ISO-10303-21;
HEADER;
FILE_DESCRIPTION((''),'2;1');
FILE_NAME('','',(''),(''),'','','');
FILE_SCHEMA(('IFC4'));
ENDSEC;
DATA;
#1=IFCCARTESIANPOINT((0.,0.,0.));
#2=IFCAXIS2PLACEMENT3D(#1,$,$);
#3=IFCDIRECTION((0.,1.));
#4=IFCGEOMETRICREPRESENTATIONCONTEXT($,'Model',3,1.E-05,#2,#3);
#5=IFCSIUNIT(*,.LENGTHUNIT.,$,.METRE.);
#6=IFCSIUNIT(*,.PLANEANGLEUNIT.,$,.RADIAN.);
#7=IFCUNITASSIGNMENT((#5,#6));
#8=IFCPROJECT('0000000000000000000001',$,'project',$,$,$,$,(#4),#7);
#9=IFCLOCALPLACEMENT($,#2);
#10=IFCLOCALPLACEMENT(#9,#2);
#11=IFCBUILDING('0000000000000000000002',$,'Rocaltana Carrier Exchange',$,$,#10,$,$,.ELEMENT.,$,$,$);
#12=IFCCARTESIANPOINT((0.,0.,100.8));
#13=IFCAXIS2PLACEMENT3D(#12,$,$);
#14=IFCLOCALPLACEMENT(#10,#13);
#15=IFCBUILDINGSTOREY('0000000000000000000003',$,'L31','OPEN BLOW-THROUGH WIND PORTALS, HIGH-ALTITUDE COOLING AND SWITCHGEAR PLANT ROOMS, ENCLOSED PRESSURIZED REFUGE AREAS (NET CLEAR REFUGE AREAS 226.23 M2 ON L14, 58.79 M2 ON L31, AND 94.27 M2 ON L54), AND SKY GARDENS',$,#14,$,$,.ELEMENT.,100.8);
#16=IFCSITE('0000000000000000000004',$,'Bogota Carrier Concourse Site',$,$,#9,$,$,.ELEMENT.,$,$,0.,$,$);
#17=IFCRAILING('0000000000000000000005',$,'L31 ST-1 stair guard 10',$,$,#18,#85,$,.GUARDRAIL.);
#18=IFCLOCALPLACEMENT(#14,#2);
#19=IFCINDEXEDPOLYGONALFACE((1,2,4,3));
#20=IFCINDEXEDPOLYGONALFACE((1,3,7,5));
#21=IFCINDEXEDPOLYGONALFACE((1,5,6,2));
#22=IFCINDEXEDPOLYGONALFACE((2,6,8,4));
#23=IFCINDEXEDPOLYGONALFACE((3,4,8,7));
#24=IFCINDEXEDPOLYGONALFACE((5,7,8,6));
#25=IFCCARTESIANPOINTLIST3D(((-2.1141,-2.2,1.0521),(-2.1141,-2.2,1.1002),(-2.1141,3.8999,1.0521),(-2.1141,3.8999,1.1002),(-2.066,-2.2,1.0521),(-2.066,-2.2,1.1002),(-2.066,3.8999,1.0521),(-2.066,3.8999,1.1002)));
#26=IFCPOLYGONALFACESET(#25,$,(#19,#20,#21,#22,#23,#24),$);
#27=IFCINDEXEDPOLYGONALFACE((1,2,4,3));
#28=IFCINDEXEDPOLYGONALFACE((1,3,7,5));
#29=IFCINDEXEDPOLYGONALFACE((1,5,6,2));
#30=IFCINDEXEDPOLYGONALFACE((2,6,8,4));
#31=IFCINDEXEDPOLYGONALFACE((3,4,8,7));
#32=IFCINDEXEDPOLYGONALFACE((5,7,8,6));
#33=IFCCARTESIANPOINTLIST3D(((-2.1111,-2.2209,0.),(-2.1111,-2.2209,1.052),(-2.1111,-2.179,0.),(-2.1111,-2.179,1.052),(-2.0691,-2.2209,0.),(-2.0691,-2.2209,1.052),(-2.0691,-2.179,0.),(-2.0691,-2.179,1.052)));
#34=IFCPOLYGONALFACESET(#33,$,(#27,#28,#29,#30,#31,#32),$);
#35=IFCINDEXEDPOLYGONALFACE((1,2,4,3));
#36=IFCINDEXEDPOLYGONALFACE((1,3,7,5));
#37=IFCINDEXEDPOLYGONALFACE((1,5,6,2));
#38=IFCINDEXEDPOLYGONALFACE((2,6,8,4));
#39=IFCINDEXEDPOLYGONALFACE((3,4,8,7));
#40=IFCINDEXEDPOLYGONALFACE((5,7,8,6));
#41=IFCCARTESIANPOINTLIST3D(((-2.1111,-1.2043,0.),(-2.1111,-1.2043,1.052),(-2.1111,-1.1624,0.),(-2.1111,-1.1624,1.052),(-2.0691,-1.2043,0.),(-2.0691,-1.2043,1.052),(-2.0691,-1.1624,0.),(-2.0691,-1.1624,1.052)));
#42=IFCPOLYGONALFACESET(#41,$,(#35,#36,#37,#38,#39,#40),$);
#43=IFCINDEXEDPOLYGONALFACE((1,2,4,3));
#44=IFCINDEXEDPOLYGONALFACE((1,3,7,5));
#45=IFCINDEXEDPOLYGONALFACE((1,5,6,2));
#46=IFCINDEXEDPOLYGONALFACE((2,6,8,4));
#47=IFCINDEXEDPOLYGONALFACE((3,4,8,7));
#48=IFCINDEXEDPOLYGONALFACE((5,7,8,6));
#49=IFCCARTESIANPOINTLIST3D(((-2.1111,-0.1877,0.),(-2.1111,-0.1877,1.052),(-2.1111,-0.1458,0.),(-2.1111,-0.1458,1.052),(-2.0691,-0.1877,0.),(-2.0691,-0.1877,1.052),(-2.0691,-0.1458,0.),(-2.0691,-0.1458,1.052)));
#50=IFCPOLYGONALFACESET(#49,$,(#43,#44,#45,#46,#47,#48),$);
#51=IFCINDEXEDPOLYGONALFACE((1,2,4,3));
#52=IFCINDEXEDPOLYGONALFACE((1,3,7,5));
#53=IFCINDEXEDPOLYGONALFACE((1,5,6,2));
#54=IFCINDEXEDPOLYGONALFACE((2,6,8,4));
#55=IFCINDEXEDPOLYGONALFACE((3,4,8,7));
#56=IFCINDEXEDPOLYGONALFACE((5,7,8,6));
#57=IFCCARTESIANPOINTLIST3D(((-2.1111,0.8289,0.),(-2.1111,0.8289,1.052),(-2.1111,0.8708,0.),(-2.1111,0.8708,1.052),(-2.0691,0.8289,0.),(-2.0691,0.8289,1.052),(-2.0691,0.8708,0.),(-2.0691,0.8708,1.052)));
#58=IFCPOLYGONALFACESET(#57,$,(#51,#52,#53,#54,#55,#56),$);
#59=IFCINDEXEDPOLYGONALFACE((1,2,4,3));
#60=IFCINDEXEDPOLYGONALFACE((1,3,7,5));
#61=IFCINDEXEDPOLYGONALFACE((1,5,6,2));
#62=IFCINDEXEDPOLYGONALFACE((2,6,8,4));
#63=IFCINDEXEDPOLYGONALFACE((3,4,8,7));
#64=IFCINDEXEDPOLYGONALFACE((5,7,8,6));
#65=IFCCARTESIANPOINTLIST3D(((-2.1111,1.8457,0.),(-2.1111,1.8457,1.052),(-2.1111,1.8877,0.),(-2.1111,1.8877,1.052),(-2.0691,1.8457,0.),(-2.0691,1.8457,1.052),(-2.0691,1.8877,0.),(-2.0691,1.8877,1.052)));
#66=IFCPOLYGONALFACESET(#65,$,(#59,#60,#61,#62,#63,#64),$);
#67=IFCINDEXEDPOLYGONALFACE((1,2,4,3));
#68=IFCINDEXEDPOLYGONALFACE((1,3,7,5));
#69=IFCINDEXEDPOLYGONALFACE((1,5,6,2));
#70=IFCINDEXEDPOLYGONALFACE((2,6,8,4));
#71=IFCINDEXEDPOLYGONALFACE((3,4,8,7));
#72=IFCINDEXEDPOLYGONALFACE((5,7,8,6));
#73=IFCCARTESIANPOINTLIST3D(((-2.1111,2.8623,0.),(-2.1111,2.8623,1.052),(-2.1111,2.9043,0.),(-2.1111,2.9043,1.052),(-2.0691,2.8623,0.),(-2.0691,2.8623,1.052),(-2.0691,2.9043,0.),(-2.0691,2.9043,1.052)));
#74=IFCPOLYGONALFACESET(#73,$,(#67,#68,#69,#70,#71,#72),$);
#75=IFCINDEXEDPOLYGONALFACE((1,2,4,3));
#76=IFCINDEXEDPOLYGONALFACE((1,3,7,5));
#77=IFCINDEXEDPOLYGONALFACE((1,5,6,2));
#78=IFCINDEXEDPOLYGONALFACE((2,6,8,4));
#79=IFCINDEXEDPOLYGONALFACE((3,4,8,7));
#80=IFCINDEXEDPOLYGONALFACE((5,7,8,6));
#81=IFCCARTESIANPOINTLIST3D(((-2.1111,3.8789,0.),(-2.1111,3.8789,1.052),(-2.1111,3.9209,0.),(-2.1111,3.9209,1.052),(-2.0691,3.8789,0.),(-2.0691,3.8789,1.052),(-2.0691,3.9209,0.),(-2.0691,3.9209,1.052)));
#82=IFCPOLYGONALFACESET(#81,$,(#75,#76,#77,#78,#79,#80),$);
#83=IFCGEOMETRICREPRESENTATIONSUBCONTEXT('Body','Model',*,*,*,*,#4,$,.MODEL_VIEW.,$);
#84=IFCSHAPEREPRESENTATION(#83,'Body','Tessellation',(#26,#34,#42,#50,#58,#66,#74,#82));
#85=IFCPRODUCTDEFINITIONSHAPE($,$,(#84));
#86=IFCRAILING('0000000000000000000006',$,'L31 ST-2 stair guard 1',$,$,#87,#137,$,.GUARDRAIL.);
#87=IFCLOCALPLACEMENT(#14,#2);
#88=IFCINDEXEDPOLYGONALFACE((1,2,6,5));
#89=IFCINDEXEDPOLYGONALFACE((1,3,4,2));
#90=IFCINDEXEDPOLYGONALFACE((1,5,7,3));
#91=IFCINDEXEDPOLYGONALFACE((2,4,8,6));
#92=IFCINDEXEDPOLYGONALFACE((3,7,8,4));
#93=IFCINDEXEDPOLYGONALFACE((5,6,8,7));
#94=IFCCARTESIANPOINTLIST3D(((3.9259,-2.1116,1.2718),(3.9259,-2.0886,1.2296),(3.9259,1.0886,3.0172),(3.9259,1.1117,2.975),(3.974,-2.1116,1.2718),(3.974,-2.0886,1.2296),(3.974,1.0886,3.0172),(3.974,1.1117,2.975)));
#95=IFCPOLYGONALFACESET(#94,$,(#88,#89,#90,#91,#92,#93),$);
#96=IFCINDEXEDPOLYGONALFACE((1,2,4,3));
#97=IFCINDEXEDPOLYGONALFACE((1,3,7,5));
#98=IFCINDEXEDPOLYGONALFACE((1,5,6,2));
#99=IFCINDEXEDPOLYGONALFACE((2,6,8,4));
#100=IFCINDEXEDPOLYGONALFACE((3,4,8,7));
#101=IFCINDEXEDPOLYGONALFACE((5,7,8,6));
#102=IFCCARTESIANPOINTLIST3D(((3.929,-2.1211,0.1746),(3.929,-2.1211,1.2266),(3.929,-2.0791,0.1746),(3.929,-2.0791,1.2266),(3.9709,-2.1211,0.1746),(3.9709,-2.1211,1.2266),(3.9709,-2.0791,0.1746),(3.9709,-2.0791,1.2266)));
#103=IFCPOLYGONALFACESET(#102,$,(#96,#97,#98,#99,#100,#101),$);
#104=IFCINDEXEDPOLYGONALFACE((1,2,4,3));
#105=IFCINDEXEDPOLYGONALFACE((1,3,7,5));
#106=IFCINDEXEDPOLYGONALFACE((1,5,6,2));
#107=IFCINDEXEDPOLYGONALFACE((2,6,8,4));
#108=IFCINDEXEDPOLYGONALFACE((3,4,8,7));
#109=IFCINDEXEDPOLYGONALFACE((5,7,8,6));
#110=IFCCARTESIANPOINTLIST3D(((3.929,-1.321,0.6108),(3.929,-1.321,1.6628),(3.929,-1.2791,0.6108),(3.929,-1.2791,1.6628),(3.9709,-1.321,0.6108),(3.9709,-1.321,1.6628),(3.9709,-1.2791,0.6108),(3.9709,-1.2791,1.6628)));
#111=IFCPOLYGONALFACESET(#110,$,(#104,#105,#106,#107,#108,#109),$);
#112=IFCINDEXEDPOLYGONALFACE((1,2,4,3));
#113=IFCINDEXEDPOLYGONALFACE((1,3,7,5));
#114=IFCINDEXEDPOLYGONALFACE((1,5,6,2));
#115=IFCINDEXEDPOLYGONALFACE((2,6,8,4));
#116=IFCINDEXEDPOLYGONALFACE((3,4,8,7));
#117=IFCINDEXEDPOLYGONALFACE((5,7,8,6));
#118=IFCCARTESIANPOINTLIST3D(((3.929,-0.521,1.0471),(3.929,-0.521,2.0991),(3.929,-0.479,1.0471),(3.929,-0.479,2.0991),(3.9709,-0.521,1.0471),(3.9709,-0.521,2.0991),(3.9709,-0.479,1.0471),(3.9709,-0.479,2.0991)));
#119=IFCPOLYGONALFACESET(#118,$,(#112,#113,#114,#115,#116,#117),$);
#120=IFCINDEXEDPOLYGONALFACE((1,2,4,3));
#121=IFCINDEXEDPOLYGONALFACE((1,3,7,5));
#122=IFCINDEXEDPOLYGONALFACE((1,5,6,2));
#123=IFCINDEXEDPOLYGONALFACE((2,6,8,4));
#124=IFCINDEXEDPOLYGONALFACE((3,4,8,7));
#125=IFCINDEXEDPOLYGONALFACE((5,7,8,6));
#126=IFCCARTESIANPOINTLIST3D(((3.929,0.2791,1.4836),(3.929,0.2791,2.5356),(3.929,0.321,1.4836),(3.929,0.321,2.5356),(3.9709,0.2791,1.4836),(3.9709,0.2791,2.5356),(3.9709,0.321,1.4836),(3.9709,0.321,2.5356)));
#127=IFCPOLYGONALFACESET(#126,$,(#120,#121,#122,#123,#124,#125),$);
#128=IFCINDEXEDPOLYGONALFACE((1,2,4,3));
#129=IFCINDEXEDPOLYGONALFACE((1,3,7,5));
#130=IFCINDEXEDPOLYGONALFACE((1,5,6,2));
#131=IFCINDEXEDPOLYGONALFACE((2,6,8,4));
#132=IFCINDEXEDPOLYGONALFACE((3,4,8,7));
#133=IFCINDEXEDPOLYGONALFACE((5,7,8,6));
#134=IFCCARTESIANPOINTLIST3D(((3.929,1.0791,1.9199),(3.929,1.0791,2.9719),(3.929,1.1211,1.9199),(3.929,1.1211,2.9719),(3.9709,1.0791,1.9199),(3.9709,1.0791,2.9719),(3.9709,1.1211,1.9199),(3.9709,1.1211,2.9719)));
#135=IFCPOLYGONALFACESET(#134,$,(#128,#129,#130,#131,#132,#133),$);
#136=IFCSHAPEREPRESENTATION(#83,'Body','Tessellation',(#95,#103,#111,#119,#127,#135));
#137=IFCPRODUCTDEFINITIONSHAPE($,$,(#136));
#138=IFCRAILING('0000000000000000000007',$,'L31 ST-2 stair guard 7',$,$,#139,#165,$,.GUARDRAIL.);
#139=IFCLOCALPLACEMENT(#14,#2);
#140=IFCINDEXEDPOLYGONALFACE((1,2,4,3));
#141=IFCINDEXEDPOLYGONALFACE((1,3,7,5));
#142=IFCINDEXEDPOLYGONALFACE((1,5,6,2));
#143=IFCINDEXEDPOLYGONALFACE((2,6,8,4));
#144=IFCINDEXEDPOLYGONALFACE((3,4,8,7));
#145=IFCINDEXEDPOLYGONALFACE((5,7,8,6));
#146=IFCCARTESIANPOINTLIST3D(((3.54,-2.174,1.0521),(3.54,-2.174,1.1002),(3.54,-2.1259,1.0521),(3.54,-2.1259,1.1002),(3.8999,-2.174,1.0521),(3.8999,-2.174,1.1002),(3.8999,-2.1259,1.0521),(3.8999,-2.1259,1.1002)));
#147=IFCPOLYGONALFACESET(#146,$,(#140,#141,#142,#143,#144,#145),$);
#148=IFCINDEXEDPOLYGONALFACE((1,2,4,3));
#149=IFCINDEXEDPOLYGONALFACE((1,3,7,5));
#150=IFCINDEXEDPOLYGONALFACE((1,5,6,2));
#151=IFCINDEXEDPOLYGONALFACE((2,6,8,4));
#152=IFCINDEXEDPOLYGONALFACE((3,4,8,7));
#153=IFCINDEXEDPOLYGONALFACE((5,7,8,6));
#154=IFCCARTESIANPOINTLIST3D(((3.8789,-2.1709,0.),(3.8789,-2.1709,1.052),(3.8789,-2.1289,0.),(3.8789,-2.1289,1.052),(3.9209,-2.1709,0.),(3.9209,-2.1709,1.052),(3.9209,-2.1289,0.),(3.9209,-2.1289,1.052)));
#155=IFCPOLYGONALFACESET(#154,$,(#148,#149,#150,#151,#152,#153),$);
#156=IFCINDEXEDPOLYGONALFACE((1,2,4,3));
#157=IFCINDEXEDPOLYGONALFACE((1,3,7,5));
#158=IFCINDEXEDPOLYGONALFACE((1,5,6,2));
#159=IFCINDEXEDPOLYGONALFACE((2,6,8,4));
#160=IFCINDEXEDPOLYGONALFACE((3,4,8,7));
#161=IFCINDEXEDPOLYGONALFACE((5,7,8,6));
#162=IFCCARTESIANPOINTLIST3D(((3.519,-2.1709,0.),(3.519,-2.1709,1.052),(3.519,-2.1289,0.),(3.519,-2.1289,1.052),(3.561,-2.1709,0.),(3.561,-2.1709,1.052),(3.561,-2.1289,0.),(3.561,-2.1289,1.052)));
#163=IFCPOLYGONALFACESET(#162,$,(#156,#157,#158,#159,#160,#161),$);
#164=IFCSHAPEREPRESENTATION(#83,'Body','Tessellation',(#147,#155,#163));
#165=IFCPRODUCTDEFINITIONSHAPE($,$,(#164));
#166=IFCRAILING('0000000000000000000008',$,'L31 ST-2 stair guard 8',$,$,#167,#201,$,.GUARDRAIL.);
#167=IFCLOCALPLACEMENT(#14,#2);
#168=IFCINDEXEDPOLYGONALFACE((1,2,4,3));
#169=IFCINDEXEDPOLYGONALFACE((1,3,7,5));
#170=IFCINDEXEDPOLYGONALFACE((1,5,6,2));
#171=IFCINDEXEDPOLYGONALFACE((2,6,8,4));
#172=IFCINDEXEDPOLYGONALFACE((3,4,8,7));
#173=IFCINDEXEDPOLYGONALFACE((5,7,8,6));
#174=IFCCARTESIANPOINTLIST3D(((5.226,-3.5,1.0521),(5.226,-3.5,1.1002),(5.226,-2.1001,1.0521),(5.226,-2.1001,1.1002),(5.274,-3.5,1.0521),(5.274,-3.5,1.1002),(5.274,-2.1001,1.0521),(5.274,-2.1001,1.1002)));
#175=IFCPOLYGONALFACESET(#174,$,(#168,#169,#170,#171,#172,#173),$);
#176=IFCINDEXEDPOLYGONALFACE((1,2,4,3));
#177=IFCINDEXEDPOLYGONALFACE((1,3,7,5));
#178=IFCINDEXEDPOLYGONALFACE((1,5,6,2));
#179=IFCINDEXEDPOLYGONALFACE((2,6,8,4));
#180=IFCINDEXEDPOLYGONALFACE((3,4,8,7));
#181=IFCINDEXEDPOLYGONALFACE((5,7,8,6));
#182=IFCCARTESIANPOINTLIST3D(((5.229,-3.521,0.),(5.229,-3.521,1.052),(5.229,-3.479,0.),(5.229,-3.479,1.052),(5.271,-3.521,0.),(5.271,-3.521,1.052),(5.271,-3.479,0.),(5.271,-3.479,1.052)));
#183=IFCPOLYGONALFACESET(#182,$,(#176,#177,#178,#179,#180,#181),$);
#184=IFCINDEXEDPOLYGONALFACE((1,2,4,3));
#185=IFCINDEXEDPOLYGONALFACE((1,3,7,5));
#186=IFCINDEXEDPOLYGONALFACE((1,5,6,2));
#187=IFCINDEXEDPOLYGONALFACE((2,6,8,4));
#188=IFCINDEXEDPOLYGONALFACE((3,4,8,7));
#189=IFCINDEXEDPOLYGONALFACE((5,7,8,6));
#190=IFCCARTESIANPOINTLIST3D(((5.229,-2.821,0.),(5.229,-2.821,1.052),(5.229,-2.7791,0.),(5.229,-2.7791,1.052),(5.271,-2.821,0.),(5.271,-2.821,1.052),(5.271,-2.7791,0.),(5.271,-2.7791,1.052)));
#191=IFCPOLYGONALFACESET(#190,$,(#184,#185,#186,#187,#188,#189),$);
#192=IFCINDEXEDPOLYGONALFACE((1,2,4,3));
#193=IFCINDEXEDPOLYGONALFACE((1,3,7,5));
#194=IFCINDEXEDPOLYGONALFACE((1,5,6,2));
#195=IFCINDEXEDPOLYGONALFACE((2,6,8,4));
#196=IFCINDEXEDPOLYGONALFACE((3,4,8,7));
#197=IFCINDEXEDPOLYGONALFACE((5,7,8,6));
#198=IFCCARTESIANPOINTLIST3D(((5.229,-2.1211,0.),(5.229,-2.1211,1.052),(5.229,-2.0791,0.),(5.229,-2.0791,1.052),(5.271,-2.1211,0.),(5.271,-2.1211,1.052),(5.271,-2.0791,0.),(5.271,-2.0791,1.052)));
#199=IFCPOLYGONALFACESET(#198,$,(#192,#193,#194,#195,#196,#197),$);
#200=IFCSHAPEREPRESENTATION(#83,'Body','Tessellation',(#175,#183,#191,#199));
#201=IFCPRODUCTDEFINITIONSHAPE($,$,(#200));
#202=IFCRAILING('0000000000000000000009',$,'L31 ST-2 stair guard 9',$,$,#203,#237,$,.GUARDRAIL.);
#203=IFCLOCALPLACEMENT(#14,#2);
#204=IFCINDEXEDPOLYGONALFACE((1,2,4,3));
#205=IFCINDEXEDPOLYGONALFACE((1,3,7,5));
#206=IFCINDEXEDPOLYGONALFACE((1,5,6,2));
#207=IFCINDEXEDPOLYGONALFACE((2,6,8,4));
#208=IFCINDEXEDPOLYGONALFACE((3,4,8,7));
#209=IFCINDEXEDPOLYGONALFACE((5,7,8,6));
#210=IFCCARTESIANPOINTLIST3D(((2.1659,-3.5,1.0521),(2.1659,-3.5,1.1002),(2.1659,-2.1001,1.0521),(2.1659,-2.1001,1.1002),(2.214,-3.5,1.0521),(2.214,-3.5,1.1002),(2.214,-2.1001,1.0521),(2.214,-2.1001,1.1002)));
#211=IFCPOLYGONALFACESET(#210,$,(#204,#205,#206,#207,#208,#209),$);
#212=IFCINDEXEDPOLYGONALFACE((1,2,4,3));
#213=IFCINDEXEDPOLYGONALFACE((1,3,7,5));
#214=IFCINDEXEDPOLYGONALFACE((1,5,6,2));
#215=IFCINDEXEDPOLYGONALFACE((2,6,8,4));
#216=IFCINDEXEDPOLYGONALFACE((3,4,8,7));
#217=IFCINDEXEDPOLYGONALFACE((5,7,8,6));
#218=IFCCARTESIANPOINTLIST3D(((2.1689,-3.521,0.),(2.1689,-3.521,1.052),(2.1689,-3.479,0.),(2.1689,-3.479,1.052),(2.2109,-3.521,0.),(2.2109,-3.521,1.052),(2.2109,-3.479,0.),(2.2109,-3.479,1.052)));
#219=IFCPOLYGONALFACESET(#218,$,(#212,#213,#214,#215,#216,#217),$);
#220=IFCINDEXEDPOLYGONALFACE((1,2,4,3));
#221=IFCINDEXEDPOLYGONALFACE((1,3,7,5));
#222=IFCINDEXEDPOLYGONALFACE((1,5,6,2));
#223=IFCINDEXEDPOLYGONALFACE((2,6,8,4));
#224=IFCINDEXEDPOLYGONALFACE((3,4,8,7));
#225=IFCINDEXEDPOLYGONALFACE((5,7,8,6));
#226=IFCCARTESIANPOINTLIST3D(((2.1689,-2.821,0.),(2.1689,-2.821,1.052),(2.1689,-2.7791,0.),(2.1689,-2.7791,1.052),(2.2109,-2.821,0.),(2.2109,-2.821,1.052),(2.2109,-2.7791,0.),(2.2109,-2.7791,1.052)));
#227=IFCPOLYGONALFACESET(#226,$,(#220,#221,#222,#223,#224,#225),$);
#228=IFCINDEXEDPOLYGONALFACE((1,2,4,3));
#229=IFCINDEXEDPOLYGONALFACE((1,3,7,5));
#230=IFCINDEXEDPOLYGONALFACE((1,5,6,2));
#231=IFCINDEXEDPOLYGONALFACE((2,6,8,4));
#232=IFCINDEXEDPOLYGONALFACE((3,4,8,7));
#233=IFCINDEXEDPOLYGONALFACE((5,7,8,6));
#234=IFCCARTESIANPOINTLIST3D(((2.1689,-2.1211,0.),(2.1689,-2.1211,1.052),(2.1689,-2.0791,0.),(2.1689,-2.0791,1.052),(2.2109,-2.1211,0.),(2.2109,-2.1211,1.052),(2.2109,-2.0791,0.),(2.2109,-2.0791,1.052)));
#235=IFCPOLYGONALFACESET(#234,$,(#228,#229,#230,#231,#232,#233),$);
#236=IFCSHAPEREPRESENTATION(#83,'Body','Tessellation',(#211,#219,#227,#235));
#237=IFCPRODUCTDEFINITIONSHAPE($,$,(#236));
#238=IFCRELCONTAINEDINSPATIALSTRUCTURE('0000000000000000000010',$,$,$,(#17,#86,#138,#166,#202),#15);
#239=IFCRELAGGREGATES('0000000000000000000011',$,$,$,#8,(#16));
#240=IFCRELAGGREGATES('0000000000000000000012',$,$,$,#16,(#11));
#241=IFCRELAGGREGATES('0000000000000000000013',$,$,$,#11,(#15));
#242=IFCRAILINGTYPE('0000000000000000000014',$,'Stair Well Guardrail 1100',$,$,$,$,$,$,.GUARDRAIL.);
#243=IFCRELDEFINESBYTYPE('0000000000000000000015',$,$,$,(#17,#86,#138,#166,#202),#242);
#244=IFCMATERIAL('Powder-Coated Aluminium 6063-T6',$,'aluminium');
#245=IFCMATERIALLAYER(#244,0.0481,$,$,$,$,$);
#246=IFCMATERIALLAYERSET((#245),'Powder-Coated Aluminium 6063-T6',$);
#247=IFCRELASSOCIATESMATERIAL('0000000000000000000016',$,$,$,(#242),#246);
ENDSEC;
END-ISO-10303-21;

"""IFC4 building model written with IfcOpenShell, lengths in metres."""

from ifc_helpers import new_model, si_unit, direction, frame, origin, origin_2d, place, context, subcontext, project, spatial, rectangle, extrude, material, layer, layer_set, type_object, element, save


model = new_model("IFC4")

# Units and contexts
model_context = context("Model", 3, precision=1e-05, world=origin(), true_north=direction((0.0, 1.0)))
body_context = subcontext(model_context, "Body", "Model", "MODEL_VIEW")
ifc_project = project(units=[si_unit("LENGTHUNIT", "METRE"), si_unit("PLANEANGLEUNIT", "RADIAN")], contexts=[model_context])

# Site, building, storey
site_placement = place(None, origin())
site = spatial("IfcSite", under=ifc_project, at=site_placement, Name="Bogota Carrier Concourse Site", CompositionType="ELEMENT", RefElevation=0.0)
building_placement = place(site_placement, origin())
building = spatial("IfcBuilding", under=site, at=building_placement, Name="Rocaltana Carrier Exchange", CompositionType="ELEMENT")
storey_placement = place(building_placement, frame((0.0, 0.0, 100.8)))
storey = spatial("IfcBuildingStorey", under=building, at=storey_placement, Name="L31", Description="OPEN BLOW-THROUGH WIND PORTALS, HIGH-ALTITUDE COOLING AND SWITCHGEAR PLANT ROOMS, ENCLOSED PRESSURIZED REFUGE AREAS (NET CLEAR REFUGE AREAS 226.23 M2 ON L14, 58.79 M2 ON L31, AND 94.27 M2 ON L54), AND SKY GARDENS", CompositionType="ELEMENT", Elevation=100.8)

# Railings
ifc_material_1 = material(Name="Powder-Coated Aluminium 6063-T6", Category="aluminium")
ifc_layer_1 = layer(ifc_material_1, 0.0481)
ifc_layer_set_1 = layer_set([ifc_layer_1], Name="Powder-Coated Aluminium 6063-T6")
railing_type_1 = type_object("IfcRailingType", Name="Stair Well Guardrail 1100", PredefinedType="GUARDRAIL", material=ifc_layer_set_1)
railing_1_placement = place(storey_placement, frame((-2.0901, -2.2, 0.0)))
element("IfcRailing", 1, at=railing_1_placement, inside=storey, type_object=railing_type_1, Name="L31 ST-1 stair guard 10", PredefinedType="GUARDRAIL", context=body_context, shape_type="SweptSolid", body=[
    extrude(rectangle(XDim=0.0481, YDim=0.0481, at=origin_2d()), frame((0.0, 0.0, 1.0762), z_axis=(0.0, 1.0, 0.0), x_axis=(-1.0, 0.0, 0.0)), (0.0, 0.0, 1.0), 6.0999),
    extrude(rectangle(XDim=0.042, YDim=0.042, at=origin_2d()), origin(), (0.0, 0.0, 1.0), 1.052),
    extrude(rectangle(XDim=0.042, YDim=0.042, at=origin_2d()), frame((0.0, 1.0166, 0.0)), (0.0, 0.0, 1.0), 1.052),
    extrude(rectangle(XDim=0.042, YDim=0.042, at=origin_2d()), frame((0.0, 2.0332, 0.0)), (0.0, 0.0, 1.0), 1.052),
    extrude(rectangle(XDim=0.042, YDim=0.042, at=origin_2d()), frame((0.0, 3.0498, 0.0)), (0.0, 0.0, 1.0), 1.052),
    extrude(rectangle(XDim=0.042, YDim=0.042, at=origin_2d()), frame((0.0, 4.0667, 0.0)), (0.0, 0.0, 1.0), 1.052),
    extrude(rectangle(XDim=0.042, YDim=0.042, at=origin_2d()), frame((0.0, 5.0833, 0.0)), (0.0, 0.0, 1.0), 1.052),
    extrude(rectangle(XDim=0.042, YDim=0.042, at=origin_2d()), frame((0.0, 6.0999, 0.0)), (0.0, 0.0, 1.0), 1.052),
])
railing_2_placement = place(storey_placement, frame((3.95, -2.1001, 0.1746)))
element("IfcRailing", 2, at=railing_2_placement, inside=storey, type_object=railing_type_1, Name="L31 ST-2 stair guard 1", PredefinedType="GUARDRAIL", context=body_context, shape_type="SweptSolid", body=[
    extrude(rectangle(XDim=0.0481, YDim=0.0481, at=origin_2d()), frame((0.0, 0.0, 1.0762), z_axis=(0.0, 0.877919, 0.47881), x_axis=(-1.0, 0.0, 0.0)), (0.0, 0.0, 1.0), 3.6453),
    extrude(rectangle(XDim=0.042, YDim=0.042, at=origin_2d()), origin(), (0.0, 0.0, 1.0), 1.052),
    extrude(rectangle(XDim=0.042, YDim=0.042, at=origin_2d()), frame((0.0, 0.8, 0.4363)), (0.0, 0.0, 1.0), 1.052),
    extrude(rectangle(XDim=0.042, YDim=0.042, at=origin_2d()), frame((0.0, 1.6001, 0.8726)), (0.0, 0.0, 1.0), 1.052),
    extrude(rectangle(XDim=0.042, YDim=0.042, at=origin_2d()), frame((0.0, 2.4001, 1.3091)), (0.0, 0.0, 1.0), 1.052),
    extrude(rectangle(XDim=0.042, YDim=0.042, at=origin_2d()), frame((0.0, 3.2002, 1.7454)), (0.0, 0.0, 1.0), 1.052),
])
railing_3_placement = place(storey_placement, frame((3.8999, -2.1499, 0.0)))
element("IfcRailing", 3, at=railing_3_placement, inside=storey, type_object=railing_type_1, Name="L31 ST-2 stair guard 7", PredefinedType="GUARDRAIL", context=body_context, shape_type="SweptSolid", body=[
    extrude(rectangle(XDim=0.0481, YDim=0.0481, at=origin_2d()), frame((0.0, 0.0, 1.0762), z_axis=(-1.0, 0.0, 0.0), x_axis=(0.0, -1.0, 0.0)), (0.0, 0.0, 1.0), 0.3599),
    extrude(rectangle(XDim=0.042, YDim=0.042, at=origin_2d()), origin(), (0.0, 0.0, 1.0), 1.052),
    extrude(rectangle(XDim=0.042, YDim=0.042, at=origin_2d()), frame((-0.3599, 0.0, 0.0)), (0.0, 0.0, 1.0), 1.052),
])
for number, where, name in (
    (4, (5.25, -3.5, 0.0), "L31 ST-2 stair guard 8"),
    (5, (2.1899, -3.5, 0.0), "L31 ST-2 stair guard 9"),
):
    element("IfcRailing", number, at=place(storey_placement, frame(where)), inside=storey, type_object=railing_type_1, Name=name, PredefinedType="GUARDRAIL", context=body_context, shape_type="SweptSolid", body=[
        extrude(rectangle(XDim=0.0481, YDim=0.0481, at=origin_2d()), frame((0.0, 0.0, 1.0762), z_axis=(0.0, 1.0, 0.0), x_axis=(-1.0, 0.0, 0.0)), (0.0, 0.0, 1.0), 1.3999),
        extrude(rectangle(XDim=0.042, YDim=0.042, at=origin_2d()), origin(), (0.0, 0.0, 1.0), 1.052),
        extrude(rectangle(XDim=0.042, YDim=0.042, at=origin_2d()), frame((0.0, 0.7, 0.0)), (0.0, 0.0, 1.0), 1.052),
        extrude(rectangle(XDim=0.042, YDim=0.042, at=origin_2d()), frame((0.0, 1.3999, 0.0)), (0.0, 0.0, 1.0), 1.052),
    ])

save(model, "model.ifc")
